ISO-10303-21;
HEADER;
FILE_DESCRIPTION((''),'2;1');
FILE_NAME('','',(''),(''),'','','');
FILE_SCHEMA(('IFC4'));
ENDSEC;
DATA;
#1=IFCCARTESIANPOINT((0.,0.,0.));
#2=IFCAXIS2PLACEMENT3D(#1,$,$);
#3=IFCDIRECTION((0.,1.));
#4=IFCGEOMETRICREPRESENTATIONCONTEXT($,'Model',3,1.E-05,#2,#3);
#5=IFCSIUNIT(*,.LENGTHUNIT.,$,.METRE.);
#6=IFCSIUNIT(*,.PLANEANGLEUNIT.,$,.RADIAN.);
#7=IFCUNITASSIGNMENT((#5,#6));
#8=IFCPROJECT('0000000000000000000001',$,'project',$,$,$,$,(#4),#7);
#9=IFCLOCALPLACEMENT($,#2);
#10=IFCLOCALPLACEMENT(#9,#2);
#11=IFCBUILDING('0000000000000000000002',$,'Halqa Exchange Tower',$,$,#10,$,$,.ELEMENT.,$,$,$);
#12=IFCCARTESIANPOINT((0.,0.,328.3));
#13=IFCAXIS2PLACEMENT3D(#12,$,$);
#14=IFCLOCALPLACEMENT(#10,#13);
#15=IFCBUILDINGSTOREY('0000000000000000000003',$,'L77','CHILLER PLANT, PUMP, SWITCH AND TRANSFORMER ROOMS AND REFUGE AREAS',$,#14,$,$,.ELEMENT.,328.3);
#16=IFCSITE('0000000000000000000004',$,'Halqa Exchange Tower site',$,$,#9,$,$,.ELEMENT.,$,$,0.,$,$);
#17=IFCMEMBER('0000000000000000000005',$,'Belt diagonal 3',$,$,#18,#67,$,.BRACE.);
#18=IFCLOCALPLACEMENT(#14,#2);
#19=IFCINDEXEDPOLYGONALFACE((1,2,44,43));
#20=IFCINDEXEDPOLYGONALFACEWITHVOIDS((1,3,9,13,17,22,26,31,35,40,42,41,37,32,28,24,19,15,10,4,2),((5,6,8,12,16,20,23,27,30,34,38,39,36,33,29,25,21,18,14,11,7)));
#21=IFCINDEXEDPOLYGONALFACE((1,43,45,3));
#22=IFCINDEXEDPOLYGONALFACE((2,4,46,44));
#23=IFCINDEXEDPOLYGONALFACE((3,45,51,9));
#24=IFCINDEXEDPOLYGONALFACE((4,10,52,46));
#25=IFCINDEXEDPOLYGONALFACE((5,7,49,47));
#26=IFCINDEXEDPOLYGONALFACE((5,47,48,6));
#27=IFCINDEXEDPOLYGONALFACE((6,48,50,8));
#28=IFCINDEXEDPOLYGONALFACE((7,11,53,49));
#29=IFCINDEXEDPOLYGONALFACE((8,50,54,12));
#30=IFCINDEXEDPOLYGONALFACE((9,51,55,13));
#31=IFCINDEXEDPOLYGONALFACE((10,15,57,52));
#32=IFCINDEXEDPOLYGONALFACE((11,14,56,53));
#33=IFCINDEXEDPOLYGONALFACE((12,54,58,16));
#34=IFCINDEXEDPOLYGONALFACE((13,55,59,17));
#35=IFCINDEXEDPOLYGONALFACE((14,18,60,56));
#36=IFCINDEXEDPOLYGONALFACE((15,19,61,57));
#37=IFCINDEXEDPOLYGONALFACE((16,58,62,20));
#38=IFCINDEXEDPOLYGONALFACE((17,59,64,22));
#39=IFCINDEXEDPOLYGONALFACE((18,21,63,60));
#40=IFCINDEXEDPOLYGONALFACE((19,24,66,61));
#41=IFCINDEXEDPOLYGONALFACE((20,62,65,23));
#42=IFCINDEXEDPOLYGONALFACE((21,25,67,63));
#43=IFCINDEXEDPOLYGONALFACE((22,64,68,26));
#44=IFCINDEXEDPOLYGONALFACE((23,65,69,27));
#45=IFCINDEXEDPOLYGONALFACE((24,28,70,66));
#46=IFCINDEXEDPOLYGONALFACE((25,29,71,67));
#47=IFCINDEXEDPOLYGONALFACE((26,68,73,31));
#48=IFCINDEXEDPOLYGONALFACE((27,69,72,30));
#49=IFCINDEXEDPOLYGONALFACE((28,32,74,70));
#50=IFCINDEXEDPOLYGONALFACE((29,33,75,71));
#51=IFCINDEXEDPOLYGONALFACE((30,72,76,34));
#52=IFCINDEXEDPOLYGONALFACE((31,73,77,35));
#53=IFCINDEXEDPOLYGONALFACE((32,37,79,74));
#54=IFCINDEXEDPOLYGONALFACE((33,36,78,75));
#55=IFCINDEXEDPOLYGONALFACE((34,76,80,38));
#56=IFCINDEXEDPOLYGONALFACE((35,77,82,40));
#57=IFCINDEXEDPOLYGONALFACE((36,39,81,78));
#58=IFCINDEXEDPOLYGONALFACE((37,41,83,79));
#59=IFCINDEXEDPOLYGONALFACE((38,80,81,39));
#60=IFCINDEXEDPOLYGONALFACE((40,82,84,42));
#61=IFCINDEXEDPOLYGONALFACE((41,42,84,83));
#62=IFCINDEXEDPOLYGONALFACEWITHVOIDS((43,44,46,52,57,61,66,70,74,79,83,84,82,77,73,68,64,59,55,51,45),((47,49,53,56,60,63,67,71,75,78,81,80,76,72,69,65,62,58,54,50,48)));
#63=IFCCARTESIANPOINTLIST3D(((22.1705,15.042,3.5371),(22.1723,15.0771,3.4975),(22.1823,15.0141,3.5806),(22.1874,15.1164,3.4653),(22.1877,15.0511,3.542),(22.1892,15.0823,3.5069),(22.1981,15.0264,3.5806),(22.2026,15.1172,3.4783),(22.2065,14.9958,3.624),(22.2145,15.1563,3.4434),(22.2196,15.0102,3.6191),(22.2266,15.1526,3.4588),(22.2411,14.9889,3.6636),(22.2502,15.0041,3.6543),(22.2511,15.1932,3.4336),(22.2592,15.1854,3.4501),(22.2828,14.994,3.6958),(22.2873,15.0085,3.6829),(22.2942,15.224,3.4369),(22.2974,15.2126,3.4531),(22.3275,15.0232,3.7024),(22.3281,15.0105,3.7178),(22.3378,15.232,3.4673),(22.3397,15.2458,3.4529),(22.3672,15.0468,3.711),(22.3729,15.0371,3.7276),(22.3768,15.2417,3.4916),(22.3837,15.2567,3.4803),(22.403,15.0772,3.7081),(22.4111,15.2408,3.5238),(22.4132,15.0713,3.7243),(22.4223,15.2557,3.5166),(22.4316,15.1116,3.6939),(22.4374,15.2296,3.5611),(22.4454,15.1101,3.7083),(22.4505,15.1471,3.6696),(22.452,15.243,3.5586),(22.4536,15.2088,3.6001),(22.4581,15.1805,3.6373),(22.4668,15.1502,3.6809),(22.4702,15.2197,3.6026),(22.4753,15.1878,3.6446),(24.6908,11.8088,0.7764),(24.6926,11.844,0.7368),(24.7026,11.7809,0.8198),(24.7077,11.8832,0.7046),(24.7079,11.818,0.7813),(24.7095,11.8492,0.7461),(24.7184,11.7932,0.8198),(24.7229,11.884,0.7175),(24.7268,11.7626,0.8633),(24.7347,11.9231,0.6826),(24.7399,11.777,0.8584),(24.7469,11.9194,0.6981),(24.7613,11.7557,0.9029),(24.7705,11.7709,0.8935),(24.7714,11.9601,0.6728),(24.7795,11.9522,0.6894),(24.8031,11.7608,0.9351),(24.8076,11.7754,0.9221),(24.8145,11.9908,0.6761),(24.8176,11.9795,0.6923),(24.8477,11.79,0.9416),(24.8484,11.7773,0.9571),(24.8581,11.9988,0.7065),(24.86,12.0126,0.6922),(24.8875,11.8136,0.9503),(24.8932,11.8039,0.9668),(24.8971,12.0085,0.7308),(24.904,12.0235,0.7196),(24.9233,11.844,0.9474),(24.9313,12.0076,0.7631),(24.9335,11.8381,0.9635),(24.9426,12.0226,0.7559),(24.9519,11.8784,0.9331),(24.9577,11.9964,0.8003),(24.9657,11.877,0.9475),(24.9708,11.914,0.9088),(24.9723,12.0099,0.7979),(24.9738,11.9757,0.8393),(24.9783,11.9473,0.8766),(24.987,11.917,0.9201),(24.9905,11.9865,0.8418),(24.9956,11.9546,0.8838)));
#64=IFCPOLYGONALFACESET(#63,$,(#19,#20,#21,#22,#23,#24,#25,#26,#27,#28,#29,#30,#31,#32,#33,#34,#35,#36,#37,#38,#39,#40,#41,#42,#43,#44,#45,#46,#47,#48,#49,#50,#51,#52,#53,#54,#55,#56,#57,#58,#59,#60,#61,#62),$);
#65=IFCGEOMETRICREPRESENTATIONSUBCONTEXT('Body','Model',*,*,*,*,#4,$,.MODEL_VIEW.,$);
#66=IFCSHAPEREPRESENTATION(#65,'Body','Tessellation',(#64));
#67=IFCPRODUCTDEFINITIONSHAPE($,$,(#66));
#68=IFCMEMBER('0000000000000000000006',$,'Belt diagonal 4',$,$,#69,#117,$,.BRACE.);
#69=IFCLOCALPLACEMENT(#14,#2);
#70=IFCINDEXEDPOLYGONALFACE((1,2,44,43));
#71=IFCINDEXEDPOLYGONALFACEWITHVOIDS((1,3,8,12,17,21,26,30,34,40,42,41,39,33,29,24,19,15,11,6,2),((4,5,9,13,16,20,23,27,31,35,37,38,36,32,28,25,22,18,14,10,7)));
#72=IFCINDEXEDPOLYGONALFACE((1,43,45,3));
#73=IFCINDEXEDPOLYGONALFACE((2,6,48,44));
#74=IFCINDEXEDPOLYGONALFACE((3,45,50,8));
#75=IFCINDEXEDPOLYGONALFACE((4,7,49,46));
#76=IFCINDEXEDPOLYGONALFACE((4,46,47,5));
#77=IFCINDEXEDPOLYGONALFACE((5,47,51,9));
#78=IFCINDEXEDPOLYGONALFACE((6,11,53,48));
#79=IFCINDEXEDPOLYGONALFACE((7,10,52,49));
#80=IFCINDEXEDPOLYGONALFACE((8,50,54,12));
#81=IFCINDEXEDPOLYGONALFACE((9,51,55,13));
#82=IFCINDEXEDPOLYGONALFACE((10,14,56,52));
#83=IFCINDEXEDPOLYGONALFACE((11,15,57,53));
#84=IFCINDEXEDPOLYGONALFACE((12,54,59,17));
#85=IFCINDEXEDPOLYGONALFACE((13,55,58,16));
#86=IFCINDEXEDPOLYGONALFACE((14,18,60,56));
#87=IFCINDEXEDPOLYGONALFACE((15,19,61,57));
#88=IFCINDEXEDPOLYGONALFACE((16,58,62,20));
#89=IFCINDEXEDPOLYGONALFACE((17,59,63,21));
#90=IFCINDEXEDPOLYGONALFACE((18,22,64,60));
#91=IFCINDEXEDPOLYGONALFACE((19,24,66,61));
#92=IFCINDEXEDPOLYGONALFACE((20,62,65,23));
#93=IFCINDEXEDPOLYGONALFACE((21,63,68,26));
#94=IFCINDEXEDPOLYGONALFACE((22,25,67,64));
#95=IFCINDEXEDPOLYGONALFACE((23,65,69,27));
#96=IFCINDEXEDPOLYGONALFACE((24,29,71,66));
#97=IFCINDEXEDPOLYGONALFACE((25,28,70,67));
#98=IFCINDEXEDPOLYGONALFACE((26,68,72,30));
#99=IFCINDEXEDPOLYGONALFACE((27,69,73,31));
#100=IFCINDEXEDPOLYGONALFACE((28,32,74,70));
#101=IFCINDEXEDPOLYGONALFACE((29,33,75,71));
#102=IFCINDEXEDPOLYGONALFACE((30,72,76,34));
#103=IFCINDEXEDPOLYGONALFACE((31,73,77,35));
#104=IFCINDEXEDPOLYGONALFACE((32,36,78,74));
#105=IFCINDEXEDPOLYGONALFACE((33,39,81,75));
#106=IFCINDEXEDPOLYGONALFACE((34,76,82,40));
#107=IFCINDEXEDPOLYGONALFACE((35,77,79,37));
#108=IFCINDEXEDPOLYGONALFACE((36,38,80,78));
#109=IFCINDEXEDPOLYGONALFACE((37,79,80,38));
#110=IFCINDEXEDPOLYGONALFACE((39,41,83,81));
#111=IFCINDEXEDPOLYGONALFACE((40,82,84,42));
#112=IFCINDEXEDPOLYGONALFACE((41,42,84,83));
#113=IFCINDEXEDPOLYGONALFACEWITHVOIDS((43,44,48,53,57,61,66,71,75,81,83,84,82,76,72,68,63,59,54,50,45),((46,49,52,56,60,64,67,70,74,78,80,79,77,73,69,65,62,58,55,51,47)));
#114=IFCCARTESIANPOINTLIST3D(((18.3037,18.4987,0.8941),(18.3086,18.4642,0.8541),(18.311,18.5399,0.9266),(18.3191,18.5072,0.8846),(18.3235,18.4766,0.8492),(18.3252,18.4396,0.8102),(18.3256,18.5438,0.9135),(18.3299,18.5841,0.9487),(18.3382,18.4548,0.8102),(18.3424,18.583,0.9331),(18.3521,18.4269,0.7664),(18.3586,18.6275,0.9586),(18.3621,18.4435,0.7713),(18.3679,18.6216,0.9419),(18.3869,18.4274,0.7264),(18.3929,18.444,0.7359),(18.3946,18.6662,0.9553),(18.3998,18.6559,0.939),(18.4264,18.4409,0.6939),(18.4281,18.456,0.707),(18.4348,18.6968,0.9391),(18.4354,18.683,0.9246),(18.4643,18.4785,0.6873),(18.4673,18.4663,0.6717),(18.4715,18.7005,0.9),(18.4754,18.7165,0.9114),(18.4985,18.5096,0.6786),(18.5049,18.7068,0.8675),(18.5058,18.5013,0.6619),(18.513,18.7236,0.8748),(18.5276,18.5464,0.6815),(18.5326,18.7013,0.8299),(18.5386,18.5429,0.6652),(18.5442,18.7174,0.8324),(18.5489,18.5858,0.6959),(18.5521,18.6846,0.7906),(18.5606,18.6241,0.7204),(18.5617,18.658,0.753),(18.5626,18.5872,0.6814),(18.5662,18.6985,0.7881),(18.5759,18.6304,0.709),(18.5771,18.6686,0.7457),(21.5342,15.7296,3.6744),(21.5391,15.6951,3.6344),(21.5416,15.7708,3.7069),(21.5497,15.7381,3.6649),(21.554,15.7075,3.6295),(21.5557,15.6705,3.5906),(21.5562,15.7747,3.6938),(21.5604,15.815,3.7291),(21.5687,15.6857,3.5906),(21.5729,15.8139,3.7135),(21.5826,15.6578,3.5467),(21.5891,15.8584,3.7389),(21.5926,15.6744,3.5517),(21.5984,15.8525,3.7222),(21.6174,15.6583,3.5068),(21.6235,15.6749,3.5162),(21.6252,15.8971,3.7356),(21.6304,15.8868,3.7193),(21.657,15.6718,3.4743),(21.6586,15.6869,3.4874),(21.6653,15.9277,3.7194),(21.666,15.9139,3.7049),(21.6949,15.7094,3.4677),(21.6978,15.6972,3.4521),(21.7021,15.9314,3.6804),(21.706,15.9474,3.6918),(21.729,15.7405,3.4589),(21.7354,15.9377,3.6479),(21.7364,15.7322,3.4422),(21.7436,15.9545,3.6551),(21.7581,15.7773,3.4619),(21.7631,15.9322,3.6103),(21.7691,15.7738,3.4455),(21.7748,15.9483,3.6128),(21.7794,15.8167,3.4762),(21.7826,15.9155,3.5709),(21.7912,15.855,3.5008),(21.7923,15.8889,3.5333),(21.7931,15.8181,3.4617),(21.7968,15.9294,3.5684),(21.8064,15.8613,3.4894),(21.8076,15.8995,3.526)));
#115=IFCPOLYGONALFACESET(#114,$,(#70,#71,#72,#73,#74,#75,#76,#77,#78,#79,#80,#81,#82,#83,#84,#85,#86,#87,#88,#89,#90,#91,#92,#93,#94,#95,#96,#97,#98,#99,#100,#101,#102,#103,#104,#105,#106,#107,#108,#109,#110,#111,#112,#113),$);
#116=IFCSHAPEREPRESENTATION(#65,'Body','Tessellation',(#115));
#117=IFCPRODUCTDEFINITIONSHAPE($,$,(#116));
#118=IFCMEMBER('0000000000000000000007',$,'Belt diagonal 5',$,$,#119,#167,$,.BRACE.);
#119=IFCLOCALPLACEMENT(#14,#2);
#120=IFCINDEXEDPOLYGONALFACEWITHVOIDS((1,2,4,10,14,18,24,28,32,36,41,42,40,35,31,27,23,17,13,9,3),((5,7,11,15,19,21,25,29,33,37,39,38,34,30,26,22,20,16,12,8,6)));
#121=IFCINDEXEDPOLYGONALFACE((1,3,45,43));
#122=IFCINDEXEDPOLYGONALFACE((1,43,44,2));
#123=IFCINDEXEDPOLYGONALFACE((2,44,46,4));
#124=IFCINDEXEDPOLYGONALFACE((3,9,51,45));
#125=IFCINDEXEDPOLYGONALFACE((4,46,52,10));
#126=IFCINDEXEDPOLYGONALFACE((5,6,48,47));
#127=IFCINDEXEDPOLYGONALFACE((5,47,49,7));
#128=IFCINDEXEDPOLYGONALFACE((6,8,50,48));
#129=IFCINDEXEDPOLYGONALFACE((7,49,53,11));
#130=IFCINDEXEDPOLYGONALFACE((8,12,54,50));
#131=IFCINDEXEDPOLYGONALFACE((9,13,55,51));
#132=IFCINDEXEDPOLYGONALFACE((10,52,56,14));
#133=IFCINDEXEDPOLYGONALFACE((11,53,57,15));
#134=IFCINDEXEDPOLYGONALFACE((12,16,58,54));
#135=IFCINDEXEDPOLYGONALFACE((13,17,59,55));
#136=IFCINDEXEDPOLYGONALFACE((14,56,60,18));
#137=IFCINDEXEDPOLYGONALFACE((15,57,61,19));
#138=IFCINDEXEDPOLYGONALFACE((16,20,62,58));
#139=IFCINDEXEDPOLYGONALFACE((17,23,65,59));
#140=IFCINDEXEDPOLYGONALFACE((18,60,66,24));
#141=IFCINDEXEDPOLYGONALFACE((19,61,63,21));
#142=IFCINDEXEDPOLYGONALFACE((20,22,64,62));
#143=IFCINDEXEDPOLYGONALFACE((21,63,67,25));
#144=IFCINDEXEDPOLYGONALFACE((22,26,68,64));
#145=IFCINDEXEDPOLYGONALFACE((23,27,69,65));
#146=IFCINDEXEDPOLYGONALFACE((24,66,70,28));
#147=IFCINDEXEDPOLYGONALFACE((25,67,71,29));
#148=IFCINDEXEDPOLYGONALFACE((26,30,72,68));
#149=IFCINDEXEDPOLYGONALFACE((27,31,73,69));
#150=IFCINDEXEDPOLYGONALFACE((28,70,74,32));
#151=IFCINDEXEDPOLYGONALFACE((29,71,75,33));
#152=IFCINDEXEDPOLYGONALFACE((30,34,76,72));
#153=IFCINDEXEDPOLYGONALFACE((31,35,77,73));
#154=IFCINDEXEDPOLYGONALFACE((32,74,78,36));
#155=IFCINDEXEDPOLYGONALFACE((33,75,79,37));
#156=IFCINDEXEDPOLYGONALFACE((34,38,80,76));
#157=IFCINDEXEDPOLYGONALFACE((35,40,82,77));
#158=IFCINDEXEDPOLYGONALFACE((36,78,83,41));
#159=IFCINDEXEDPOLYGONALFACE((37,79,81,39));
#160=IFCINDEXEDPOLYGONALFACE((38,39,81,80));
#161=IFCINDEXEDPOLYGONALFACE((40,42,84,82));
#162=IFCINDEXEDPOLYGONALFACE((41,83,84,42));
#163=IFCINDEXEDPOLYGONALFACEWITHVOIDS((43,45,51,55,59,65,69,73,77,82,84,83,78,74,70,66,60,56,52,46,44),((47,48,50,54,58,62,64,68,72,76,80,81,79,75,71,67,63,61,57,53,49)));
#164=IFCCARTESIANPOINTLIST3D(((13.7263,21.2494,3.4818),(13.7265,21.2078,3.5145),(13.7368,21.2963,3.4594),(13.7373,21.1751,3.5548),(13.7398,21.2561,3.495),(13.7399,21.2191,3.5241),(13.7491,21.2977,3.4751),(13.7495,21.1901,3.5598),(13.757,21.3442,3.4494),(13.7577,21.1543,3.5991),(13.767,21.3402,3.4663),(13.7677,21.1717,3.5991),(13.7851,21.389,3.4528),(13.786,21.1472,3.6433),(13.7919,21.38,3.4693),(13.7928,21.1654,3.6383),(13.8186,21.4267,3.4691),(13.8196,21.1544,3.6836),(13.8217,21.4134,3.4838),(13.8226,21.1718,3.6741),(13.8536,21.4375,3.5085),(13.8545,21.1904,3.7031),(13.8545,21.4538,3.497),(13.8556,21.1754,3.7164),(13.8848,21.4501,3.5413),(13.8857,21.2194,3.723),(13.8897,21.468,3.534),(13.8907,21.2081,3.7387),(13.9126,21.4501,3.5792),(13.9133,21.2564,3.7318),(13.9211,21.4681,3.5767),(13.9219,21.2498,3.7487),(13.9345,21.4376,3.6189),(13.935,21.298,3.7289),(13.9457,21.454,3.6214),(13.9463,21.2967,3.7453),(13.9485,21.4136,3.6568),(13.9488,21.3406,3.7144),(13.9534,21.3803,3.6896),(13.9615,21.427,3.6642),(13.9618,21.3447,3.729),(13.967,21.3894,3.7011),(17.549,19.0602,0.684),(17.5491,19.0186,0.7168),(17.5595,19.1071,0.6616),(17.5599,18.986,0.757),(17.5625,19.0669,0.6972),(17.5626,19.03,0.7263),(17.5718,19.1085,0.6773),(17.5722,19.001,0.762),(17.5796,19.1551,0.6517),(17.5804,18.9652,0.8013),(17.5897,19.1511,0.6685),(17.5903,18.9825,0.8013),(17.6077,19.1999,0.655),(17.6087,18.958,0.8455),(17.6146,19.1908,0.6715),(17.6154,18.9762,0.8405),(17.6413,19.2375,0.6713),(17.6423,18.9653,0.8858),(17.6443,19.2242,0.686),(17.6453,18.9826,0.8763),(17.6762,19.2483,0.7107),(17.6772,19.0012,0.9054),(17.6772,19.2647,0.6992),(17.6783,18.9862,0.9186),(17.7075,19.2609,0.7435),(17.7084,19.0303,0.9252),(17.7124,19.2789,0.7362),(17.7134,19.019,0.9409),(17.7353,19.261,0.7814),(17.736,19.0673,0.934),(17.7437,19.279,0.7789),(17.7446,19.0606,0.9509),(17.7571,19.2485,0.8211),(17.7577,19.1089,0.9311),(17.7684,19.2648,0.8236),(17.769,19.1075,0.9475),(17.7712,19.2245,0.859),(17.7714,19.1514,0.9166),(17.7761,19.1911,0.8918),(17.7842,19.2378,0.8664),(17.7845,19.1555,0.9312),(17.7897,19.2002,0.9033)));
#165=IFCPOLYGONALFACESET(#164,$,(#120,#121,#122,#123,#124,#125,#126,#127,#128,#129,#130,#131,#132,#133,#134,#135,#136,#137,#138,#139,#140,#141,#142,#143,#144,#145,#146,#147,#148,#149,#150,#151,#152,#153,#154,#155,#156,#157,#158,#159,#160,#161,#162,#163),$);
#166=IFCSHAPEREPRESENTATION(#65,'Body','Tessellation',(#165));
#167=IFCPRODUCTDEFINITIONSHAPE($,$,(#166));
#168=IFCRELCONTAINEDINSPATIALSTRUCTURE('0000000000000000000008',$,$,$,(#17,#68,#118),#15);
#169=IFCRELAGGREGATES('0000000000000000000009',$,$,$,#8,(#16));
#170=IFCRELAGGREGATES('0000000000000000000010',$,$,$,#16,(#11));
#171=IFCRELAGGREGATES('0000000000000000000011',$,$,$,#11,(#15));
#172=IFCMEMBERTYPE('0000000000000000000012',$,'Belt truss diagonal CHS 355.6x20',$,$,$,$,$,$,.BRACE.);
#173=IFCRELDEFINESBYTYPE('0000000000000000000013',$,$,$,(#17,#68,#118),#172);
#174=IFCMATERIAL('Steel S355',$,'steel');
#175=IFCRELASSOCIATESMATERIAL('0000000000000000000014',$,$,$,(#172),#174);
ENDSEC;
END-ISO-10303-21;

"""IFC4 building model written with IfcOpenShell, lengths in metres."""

from ifc_helpers import new_model, si_unit, direction, frame, origin, origin_2d, place, context, subcontext, project, spatial, hollow_circle, extrude, material, material_profile, profile_set, type_object, element, save


model = new_model("IFC4")

# Units and contexts
model_context = context("Model", 3, precision=1e-05, world=origin(), true_north=direction((0.0, 1.0)))
body_context = subcontext(model_context, "Body", "Model", "MODEL_VIEW")
ifc_project = project(units=[si_unit("LENGTHUNIT", "METRE"), si_unit("PLANEANGLEUNIT", "RADIAN")], contexts=[model_context])

# Site, building, storey
site_placement = place(None, origin())
site = spatial("IfcSite", under=ifc_project, at=site_placement, Name="Halqa Exchange Tower site", CompositionType="ELEMENT", RefElevation=0.0)
building_placement = place(site_placement, origin())
building = spatial("IfcBuilding", under=site, at=building_placement, Name="Halqa Exchange Tower", CompositionType="ELEMENT")
storey_placement = place(building_placement, frame((0.0, 0.0, 328.3)))
storey = spatial("IfcBuildingStorey", under=building, at=storey_placement, Name="L77", Description="CHILLER PLANT, PUMP, SWITCH AND TRANSFORMER ROOMS AND REFUGE AREAS", CompositionType="ELEMENT", Elevation=328.3)

# Members
ifc_material_1 = material(Name="Steel S355", Category="steel")
ifc_material_profile_1 = material_profile(ifc_material_1, hollow_circle(Radius=0.1777, WallThickness=0.02, at=origin_2d()), Name="CHS 355.6x20")
ifc_profile_set_1 = profile_set([ifc_material_profile_1], Name="Steel S355")
member_type_1 = type_object("IfcMemberType", Name="Belt truss diagonal CHS 355.6x20", PredefinedType="BRACE", material=ifc_profile_set_1)
member_1_placement = place(storey_placement, frame((24.8428, 11.8901, 0.8198), z_axis=(-0.509933, 0.654175, 0.55859), x_axis=(-0.788691, -0.61479, 0.0)))
element("IfcMember", 1, at=member_1_placement, inside=storey, type_object=member_type_1, Name="Belt diagonal 3", PredefinedType="BRACE", context=body_context, shape_type="SweptSolid", body=[
    extrude(hollow_circle(Radius=0.1777, WallThickness=0.02, at=origin_2d()), origin(), (0.0, 0.0, 1.0), 4.9424),
])
member_2_placement = place(storey_placement, frame((21.6714, 15.8054, 3.5906), z_axis=(-0.635586, 0.544802, -0.547011), x_axis=(-0.650801, -0.759249, 0.0)))
element("IfcMember", 2, at=member_2_placement, inside=storey, type_object=member_type_1, Name="Belt diagonal 4", PredefinedType="BRACE", context=body_context, shape_type="SweptSolid", body=[
    extrude(hollow_circle(Radius=0.1777, WallThickness=0.02, at=origin_2d()), origin(), (0.0, 0.0, 1.0), 5.0828),
])
member_3_placement = place(storey_placement, frame((17.6687, 19.1194, 0.8013), z_axis=(-0.732521, 0.419499, 0.536128), x_axis=(-0.496956, -0.867776, 0.0)))
element("IfcMember", 3, at=member_3_placement, inside=storey, type_object=member_type_1, Name="Belt diagonal 5", PredefinedType="BRACE", context=body_context, shape_type="SweptSolid", body=[
    extrude(hollow_circle(Radius=0.1777, WallThickness=0.02, at=origin_2d()), origin(), (0.0, 0.0, 1.0), 5.2185),
])

save(model, "model.ifc")
